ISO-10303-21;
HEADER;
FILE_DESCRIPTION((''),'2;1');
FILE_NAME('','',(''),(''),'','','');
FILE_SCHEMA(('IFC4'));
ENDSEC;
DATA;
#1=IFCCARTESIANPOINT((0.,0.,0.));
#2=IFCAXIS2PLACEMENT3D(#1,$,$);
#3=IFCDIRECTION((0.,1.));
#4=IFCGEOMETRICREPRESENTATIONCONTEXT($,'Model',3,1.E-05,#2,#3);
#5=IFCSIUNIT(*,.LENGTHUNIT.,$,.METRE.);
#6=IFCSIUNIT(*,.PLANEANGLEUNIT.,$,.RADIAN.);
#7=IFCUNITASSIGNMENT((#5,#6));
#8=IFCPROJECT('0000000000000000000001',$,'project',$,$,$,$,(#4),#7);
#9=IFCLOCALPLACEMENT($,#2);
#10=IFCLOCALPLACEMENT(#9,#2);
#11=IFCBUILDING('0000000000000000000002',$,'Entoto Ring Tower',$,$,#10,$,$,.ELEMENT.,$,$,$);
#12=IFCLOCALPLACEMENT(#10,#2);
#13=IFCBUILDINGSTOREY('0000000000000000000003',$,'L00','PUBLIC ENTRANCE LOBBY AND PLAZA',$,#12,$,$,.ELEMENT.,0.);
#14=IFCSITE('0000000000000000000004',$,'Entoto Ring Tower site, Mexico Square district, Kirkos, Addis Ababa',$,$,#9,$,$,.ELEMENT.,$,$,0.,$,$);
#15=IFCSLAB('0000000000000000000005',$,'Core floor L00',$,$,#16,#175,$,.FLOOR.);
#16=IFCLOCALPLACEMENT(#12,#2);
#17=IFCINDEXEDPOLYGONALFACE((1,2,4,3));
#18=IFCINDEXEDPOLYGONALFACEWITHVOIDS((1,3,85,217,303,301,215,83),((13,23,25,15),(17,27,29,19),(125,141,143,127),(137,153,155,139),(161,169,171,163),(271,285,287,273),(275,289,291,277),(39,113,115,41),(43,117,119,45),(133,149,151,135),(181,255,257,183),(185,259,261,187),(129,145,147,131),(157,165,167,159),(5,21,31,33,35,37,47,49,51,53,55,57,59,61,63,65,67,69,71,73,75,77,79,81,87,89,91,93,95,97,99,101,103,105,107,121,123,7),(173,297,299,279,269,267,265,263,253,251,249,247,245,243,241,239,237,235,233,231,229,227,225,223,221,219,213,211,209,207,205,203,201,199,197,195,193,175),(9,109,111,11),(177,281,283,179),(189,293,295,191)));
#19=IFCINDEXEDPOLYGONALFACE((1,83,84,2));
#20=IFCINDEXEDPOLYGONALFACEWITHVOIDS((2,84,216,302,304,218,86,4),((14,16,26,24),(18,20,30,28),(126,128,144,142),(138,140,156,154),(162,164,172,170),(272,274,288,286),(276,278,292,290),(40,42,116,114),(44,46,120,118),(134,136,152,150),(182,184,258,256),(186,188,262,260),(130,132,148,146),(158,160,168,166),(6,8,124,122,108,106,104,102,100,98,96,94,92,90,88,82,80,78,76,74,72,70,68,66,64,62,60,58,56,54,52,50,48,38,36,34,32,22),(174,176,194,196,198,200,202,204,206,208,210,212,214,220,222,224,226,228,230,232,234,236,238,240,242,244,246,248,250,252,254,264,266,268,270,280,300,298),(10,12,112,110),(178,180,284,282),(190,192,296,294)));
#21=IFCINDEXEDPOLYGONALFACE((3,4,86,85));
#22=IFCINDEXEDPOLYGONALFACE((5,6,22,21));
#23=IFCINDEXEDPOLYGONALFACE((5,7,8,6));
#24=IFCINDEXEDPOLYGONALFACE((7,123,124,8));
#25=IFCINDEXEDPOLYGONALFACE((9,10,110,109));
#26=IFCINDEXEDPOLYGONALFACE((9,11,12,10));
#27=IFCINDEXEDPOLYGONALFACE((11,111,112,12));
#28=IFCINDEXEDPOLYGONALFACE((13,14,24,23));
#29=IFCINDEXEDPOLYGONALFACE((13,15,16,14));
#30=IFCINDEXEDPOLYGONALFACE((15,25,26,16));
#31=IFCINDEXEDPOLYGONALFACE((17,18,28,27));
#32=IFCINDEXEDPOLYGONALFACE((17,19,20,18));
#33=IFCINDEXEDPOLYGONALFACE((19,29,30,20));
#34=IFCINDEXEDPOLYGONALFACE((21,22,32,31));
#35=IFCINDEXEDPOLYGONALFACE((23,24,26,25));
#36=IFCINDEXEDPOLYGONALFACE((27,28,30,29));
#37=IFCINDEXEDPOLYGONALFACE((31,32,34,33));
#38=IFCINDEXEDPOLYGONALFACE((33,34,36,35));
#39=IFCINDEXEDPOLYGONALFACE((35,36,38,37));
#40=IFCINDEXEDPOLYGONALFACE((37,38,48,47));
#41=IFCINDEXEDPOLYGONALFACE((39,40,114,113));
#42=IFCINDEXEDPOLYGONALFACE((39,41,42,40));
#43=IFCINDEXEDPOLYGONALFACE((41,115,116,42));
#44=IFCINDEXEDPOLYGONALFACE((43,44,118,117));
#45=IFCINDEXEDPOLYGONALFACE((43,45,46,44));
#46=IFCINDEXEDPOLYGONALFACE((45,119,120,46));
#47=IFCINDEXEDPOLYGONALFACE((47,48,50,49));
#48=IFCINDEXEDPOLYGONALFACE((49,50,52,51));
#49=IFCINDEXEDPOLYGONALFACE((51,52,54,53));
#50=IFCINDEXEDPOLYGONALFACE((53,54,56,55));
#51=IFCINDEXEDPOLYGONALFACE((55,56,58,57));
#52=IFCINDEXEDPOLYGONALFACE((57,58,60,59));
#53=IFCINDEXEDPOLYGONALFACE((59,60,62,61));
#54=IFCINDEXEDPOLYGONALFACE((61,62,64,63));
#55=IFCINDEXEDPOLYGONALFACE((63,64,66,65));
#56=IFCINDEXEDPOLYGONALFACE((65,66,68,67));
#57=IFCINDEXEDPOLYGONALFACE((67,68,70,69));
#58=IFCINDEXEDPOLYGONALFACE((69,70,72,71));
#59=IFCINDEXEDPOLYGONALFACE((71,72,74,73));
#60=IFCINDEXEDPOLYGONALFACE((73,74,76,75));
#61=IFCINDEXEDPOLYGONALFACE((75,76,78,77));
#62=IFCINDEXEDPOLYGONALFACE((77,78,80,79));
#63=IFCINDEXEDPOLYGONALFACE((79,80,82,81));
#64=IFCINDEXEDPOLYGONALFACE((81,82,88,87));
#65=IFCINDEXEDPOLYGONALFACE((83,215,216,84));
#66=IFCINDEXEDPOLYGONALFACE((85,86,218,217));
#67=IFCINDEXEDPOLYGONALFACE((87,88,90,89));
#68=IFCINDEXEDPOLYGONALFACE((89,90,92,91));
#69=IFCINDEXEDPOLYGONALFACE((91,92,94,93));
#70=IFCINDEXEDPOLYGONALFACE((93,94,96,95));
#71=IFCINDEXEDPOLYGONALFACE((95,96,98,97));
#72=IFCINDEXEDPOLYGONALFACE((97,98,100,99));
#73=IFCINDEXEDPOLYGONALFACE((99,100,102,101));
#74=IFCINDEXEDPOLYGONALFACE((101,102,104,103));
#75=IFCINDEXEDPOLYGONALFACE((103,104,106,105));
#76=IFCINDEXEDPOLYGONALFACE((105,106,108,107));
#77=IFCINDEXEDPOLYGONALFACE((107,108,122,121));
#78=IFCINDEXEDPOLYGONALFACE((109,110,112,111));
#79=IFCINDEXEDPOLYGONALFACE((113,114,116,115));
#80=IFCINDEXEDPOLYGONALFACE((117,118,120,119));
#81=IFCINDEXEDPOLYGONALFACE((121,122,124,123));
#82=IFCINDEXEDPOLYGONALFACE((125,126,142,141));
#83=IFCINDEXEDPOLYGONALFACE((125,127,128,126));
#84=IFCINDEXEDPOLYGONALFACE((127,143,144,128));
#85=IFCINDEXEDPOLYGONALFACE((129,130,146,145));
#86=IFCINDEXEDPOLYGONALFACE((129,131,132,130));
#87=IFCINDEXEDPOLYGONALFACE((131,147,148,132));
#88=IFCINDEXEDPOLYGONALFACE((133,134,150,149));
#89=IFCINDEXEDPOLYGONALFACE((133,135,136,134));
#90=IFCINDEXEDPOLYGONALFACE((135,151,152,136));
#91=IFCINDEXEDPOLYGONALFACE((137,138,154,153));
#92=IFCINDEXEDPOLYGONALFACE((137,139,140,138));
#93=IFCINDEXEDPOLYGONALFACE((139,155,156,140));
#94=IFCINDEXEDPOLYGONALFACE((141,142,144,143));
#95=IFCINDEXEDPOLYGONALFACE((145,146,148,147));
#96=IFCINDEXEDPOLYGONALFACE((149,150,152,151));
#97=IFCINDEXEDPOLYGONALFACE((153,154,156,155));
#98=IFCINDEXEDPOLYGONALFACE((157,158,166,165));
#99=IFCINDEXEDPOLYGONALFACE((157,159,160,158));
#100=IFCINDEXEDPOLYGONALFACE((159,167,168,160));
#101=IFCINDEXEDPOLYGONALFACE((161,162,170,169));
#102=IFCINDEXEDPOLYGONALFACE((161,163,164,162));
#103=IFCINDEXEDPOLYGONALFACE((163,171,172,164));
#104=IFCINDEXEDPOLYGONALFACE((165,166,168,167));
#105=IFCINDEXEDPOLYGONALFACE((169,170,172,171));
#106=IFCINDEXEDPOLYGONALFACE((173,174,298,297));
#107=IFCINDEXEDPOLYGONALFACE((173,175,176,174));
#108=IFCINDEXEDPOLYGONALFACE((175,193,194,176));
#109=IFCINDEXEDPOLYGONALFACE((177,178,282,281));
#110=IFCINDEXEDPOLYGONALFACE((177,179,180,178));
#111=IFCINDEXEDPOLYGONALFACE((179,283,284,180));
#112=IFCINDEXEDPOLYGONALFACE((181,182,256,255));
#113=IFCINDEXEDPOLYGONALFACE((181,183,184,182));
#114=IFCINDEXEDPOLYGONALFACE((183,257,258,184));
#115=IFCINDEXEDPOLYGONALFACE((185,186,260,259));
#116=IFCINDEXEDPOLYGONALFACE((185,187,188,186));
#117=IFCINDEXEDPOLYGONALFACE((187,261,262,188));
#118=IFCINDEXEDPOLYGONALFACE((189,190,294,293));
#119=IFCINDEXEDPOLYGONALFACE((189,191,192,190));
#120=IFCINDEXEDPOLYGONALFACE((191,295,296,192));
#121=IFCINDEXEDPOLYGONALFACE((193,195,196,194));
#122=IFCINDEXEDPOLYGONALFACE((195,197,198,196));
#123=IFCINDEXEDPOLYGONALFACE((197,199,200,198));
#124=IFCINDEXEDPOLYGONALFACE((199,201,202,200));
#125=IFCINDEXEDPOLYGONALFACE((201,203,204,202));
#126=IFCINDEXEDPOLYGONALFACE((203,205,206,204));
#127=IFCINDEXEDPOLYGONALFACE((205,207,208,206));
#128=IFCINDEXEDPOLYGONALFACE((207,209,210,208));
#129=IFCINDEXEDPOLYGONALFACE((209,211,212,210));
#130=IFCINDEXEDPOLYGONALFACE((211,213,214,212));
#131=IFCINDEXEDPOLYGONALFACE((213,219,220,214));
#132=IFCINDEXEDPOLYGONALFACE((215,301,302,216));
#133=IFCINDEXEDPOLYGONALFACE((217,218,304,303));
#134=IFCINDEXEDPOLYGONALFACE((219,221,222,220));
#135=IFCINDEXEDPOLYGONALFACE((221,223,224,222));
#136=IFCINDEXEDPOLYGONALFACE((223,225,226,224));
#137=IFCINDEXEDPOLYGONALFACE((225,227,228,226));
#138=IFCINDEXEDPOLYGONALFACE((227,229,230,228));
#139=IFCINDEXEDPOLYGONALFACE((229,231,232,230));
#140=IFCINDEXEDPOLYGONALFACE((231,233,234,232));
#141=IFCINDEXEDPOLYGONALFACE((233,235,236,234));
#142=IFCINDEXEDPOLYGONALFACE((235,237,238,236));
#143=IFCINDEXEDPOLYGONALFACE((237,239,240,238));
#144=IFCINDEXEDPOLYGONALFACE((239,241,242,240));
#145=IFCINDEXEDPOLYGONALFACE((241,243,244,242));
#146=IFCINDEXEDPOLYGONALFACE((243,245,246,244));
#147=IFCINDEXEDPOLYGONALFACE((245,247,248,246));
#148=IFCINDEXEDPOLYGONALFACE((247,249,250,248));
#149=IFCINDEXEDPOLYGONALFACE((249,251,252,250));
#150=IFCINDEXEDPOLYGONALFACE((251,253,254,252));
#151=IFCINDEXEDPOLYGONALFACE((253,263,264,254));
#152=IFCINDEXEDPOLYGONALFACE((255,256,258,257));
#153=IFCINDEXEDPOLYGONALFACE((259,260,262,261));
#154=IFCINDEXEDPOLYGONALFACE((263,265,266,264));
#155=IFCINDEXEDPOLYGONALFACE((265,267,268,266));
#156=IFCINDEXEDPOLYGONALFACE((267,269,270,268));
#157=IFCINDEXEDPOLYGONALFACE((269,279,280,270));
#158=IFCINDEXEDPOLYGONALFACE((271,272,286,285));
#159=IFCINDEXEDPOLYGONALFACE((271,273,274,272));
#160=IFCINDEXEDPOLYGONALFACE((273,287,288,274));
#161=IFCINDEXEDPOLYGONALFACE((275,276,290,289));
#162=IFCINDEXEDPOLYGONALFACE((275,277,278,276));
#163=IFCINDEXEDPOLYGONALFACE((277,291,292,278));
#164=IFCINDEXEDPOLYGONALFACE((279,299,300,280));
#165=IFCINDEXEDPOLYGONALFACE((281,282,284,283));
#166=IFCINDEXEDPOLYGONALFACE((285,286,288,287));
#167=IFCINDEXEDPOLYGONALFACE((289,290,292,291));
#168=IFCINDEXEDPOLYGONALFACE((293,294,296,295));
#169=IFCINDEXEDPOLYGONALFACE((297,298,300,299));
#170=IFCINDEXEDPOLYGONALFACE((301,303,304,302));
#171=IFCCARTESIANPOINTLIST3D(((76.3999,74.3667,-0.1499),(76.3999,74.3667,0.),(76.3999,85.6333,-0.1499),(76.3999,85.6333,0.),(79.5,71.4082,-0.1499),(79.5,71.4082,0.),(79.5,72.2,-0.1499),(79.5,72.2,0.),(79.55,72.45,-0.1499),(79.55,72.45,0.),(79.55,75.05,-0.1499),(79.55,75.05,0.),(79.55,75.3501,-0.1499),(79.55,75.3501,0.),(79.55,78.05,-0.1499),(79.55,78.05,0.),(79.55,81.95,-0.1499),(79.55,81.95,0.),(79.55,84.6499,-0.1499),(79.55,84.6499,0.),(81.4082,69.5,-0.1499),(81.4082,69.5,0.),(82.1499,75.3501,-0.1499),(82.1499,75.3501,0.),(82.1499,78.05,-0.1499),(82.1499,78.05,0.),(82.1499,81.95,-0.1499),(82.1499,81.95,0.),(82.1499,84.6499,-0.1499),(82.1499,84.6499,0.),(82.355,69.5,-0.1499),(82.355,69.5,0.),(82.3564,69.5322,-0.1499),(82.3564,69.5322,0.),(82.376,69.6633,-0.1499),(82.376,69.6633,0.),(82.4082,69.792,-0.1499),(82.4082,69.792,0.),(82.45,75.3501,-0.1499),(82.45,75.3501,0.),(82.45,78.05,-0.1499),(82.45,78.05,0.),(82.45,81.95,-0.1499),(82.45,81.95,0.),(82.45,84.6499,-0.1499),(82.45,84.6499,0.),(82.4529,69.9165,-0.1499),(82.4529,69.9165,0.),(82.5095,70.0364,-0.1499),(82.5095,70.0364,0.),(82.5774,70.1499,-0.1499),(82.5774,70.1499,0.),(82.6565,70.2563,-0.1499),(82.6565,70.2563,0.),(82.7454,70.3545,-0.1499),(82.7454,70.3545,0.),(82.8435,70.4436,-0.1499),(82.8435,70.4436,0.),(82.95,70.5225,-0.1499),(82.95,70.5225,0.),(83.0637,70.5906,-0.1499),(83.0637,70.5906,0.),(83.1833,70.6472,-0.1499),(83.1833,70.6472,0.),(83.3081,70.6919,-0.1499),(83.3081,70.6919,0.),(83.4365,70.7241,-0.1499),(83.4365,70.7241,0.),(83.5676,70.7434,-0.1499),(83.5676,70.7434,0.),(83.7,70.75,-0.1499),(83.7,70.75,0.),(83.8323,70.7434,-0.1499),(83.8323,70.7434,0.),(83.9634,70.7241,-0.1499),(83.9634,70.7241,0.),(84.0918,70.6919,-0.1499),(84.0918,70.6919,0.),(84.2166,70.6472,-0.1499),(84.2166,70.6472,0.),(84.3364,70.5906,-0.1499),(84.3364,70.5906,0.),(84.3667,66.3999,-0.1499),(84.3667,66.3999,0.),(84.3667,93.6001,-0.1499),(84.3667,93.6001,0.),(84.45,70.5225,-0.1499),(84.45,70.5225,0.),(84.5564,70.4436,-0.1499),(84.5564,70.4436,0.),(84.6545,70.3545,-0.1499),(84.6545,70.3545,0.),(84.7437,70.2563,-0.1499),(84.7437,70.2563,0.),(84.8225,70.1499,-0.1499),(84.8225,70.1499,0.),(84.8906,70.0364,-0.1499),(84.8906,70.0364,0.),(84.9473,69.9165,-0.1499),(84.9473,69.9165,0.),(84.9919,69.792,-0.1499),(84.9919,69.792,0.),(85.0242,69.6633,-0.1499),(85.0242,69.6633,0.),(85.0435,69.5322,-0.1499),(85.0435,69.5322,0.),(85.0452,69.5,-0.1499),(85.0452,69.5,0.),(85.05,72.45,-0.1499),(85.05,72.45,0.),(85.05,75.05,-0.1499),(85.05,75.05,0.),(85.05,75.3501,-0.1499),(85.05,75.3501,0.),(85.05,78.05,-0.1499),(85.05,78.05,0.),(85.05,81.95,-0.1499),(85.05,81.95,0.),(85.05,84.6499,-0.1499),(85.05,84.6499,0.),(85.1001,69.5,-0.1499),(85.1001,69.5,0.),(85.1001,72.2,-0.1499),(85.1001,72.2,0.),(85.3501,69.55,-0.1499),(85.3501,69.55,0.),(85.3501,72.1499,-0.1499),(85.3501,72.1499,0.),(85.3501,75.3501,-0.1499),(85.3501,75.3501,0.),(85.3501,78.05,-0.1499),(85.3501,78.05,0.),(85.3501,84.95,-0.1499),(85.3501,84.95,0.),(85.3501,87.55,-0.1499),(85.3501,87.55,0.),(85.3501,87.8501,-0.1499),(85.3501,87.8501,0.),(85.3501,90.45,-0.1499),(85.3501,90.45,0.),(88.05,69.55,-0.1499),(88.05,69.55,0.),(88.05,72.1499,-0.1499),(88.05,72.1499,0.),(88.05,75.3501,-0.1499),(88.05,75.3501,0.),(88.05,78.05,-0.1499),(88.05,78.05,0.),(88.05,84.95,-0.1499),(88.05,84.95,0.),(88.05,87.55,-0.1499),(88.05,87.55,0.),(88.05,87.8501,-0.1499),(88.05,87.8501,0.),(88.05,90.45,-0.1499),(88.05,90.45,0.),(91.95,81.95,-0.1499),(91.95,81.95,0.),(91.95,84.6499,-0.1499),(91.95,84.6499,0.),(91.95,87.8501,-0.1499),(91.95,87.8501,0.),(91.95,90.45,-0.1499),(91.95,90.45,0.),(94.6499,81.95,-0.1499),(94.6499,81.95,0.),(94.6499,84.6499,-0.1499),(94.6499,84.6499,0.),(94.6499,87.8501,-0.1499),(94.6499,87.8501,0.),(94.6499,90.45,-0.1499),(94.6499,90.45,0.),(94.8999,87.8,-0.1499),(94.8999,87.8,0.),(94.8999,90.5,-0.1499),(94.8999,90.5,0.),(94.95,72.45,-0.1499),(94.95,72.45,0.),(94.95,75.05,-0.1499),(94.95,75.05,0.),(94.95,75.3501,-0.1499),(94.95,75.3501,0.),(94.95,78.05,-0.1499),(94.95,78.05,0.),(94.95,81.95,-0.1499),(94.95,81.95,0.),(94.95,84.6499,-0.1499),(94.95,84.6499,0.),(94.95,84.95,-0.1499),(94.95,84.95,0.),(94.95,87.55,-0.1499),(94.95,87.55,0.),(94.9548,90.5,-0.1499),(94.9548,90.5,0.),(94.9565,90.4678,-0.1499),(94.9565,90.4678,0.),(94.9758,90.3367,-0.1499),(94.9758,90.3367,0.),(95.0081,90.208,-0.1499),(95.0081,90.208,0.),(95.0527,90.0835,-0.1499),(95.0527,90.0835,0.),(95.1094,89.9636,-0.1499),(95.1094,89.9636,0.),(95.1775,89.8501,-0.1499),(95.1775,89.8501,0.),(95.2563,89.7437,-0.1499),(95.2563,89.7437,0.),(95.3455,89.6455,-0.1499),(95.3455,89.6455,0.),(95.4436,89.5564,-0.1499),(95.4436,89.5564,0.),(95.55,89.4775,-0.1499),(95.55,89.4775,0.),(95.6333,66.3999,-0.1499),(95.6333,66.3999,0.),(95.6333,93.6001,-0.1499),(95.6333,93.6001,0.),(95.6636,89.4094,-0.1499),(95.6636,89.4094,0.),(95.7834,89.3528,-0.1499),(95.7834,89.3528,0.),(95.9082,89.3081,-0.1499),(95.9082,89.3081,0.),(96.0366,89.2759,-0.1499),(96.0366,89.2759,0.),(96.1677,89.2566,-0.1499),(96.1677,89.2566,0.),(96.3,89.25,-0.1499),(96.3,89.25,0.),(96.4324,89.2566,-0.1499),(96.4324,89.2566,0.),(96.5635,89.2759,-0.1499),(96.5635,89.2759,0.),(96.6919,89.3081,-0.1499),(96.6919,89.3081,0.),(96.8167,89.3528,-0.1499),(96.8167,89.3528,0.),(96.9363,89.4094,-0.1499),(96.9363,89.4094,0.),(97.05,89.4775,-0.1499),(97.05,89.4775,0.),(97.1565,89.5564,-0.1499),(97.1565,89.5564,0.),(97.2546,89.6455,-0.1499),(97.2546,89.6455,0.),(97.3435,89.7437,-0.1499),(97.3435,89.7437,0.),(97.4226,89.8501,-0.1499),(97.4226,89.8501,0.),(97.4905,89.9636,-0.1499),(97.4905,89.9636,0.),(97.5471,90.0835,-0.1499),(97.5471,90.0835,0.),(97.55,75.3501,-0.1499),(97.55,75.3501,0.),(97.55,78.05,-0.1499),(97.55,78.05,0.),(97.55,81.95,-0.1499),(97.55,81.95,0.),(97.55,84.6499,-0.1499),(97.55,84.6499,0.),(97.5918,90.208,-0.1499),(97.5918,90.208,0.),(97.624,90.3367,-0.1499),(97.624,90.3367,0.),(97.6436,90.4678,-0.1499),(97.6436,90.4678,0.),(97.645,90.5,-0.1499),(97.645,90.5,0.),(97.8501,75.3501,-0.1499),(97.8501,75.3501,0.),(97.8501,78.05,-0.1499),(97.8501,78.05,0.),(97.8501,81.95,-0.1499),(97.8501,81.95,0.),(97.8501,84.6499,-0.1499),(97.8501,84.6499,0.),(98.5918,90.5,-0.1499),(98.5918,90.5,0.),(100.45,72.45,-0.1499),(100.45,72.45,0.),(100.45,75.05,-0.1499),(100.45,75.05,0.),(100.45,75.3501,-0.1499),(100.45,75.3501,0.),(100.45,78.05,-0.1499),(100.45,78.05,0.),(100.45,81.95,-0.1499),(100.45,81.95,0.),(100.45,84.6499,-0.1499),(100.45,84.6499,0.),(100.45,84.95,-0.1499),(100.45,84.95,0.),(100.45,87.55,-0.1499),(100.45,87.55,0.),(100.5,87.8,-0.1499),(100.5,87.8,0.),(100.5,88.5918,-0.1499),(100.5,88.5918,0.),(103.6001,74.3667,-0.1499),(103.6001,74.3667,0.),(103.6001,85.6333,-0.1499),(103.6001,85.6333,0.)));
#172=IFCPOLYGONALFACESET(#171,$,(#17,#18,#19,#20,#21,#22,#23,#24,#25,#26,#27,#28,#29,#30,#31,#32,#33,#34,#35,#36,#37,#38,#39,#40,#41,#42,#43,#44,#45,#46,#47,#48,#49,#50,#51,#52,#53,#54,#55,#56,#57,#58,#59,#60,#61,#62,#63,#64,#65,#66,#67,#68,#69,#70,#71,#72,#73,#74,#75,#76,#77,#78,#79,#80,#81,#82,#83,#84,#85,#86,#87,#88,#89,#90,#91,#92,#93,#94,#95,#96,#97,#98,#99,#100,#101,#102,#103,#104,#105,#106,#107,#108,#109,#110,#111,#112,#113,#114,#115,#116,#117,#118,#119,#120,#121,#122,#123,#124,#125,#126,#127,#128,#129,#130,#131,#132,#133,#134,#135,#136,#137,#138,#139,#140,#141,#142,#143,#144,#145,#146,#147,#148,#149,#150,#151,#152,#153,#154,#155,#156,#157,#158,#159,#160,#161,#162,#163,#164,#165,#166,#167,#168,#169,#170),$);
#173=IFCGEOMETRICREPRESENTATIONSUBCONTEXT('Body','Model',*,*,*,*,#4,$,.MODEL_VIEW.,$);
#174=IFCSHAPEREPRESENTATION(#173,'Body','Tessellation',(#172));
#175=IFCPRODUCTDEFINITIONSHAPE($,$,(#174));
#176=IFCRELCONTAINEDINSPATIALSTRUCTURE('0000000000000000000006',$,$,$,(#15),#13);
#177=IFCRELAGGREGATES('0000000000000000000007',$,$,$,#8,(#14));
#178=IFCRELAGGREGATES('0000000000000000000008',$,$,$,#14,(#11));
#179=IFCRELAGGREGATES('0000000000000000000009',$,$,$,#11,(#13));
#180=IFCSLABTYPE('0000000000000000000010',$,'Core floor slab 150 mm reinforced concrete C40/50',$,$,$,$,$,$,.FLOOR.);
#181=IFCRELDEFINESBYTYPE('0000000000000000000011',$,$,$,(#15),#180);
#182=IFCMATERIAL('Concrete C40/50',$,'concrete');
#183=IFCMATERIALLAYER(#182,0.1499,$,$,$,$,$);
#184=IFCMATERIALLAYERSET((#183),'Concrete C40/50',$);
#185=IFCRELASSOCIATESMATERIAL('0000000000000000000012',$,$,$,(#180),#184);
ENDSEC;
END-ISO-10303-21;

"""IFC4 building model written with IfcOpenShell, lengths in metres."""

from ifc_helpers import new_model, si_unit, direction, frame, origin, place, context, subcontext, project, spatial, polyline, outline, extrude, material, layer, layer_set, type_object, element, save


model = new_model("IFC4")

# Units and contexts
model_context = context("Model", 3, precision=1e-05, world=origin(), true_north=direction((0.0, 1.0)))
body_context = subcontext(model_context, "Body", "Model", "MODEL_VIEW")
ifc_project = project(units=[si_unit("LENGTHUNIT", "METRE"), si_unit("PLANEANGLEUNIT", "RADIAN")], contexts=[model_context])

# Site, building, storey
site_placement = place(None, origin())
site = spatial("IfcSite", under=ifc_project, at=site_placement, Name="Entoto Ring Tower site, Mexico Square district, Kirkos, Addis Ababa", CompositionType="ELEMENT", RefElevation=0.0)
building_placement = place(site_placement, origin())
building = spatial("IfcBuilding", under=site, at=building_placement, Name="Entoto Ring Tower", CompositionType="ELEMENT")
storey_placement = place(building_placement, origin())
storey = spatial("IfcBuildingStorey", under=building, at=storey_placement, Name="L00", Description="PUBLIC ENTRANCE LOBBY AND PLAZA", CompositionType="ELEMENT", Elevation=0.0)

# Slab
ifc_material_1 = material(Name="Concrete C40/50", Category="concrete")
ifc_layer_1 = layer(ifc_material_1, 0.1499)
ifc_layer_set_1 = layer_set([ifc_layer_1], Name="Concrete C40/50")
slab_type_1 = type_object("IfcSlabType", Name="Core floor slab 150 mm reinforced concrete C40/50", PredefinedType="FLOOR", material=ifc_layer_set_1)
slab_1_placement = place(storey_placement, frame((0.0, 0.0, -0.1499)))
element("IfcSlab", 1, at=slab_1_placement, inside=storey, type_object=slab_type_1, Name="Core floor L00", PredefinedType="FLOOR", context=body_context, shape_type="SweptSolid", body=[
    extrude(outline(polyline([(103.6001, 74.3667), (103.6001, 85.6333), (95.6333, 93.6001), (84.3667, 93.6001), (76.3999, 85.6333), (76.3999, 74.3667), (84.3667, 66.3999), (95.6333, 66.3999), (103.6001, 74.3667)]), holes=[polyline([(100.45, 84.95), (100.45, 87.55), (94.95, 87.55), (94.95, 84.95), (100.45, 84.95)]), polyline([(85.05, 72.45), (85.05, 75.05), (79.55, 75.05), (79.55, 72.45), (85.05, 72.45)]), polyline([(100.45, 72.45), (100.45, 75.05), (94.95, 75.05), (94.95, 72.45), (100.45, 72.45)]), polyline([(94.95, 81.95), (97.55, 81.95), (97.55, 84.6499), (94.95, 84.6499), (94.95, 81.95)]), polyline([(97.8501, 81.95), (100.45, 81.95), (100.45, 84.6499), (97.8501, 84.6499), (97.8501, 81.95)]), polyline([(82.45, 81.95), (85.05, 81.95), (85.05, 84.6499), (82.45, 84.6499), (82.45, 81.95)]), polyline([(94.95, 75.3501), (97.55, 75.3501), (97.55, 78.05), (94.95, 78.05), (94.95, 75.3501)]), polyline([(97.8501, 75.3501), (100.45, 75.3501), (100.45, 78.05), (97.8501, 78.05), (97.8501, 75.3501)]), polyline([(82.45, 75.3501), (85.05, 75.3501), (85.05, 78.05), (82.45, 78.05), (82.45, 75.3501)]), polyline([(79.55, 81.95), (82.1499, 81.95), (82.1499, 84.6499), (79.55, 84.6499), (79.55, 81.95)]), polyline([(79.55, 75.3501), (82.1499, 75.3501), (82.1499, 78.05), (79.55, 78.05), (79.55, 75.3501)]), polyline([(91.95, 87.8501), (94.6499, 87.8501), (94.6499, 90.45), (91.95, 90.45), (91.95, 87.8501)]), polyline([(85.3501, 69.55), (88.05, 69.55), (88.05, 72.1499), (85.3501, 72.1499), (85.3501, 69.55)]), polyline([(91.95, 81.95), (94.6499, 81.95), (94.6499, 84.6499), (91.95, 84.6499), (91.95, 81.95)]), polyline([(85.3501, 75.3501), (88.05, 75.3501), (88.05, 78.05), (85.3501, 78.05), (85.3501, 75.3501)]), polyline([(85.3501, 84.95), (88.05, 84.95), (88.05, 87.55), (85.3501, 87.55), (85.3501, 84.95)]), polyline([(85.3501, 87.8501), (88.05, 87.8501), (88.05, 90.45), (85.3501, 90.45), (85.3501, 87.8501)]), polyline([(94.8999, 90.5), (94.8999, 87.8), (100.5, 87.8), (100.5, 88.5918), (98.5918, 90.5), (97.645, 90.5), (97.6436, 90.4678), (97.624, 90.3367), (97.5918, 90.208), (97.5471, 90.0835), (97.4905, 89.9636), (97.4226, 89.8501), (97.3435, 89.7437), (97.2546, 89.6455), (97.1565, 89.5564), (97.05, 89.4775), (96.9363, 89.4094), (96.8167, 89.3528), (96.6919, 89.3081), (96.5635, 89.2759), (96.4324, 89.2566), (96.3, 89.25), (96.1677, 89.2566), (96.0366, 89.2759), (95.9082, 89.3081), (95.7834, 89.3528), (95.6636, 89.4094), (95.55, 89.4775), (95.4436, 89.5564), (95.3455, 89.6455), (95.2563, 89.7437), (95.1775, 89.8501), (95.1094, 89.9636), (95.0527, 90.0835), (95.0081, 90.208), (94.9758, 90.3367), (94.9565, 90.4678), (94.9548, 90.5), (94.8999, 90.5)]), polyline([(79.5, 71.4082), (81.4082, 69.5), (82.355, 69.5), (82.3564, 69.5322), (82.376, 69.6633), (82.4082, 69.792), (82.4529, 69.9165), (82.5095, 70.0364), (82.5774, 70.1499), (82.6565, 70.2563), (82.7454, 70.3545), (82.8435, 70.4436), (82.95, 70.5225), (83.0637, 70.5906), (83.1833, 70.6472), (83.3081, 70.6919), (83.4365, 70.7241), (83.5676, 70.7434), (83.7, 70.75), (83.8323, 70.7434), (83.9634, 70.7241), (84.0918, 70.6919), (84.2166, 70.6472), (84.3364, 70.5906), (84.45, 70.5225), (84.5564, 70.4436), (84.6545, 70.3545), (84.7437, 70.2563), (84.8225, 70.1499), (84.8906, 70.0364), (84.9473, 69.9165), (84.9919, 69.792), (85.0242, 69.6633), (85.0435, 69.5322), (85.0452, 69.5), (85.1001, 69.5), (85.1001, 72.2), (79.5, 72.2), (79.5, 71.4082)])]), origin(), (0.0, 0.0, 1.0), 0.1499),
])

save(model, "model.ifc")
